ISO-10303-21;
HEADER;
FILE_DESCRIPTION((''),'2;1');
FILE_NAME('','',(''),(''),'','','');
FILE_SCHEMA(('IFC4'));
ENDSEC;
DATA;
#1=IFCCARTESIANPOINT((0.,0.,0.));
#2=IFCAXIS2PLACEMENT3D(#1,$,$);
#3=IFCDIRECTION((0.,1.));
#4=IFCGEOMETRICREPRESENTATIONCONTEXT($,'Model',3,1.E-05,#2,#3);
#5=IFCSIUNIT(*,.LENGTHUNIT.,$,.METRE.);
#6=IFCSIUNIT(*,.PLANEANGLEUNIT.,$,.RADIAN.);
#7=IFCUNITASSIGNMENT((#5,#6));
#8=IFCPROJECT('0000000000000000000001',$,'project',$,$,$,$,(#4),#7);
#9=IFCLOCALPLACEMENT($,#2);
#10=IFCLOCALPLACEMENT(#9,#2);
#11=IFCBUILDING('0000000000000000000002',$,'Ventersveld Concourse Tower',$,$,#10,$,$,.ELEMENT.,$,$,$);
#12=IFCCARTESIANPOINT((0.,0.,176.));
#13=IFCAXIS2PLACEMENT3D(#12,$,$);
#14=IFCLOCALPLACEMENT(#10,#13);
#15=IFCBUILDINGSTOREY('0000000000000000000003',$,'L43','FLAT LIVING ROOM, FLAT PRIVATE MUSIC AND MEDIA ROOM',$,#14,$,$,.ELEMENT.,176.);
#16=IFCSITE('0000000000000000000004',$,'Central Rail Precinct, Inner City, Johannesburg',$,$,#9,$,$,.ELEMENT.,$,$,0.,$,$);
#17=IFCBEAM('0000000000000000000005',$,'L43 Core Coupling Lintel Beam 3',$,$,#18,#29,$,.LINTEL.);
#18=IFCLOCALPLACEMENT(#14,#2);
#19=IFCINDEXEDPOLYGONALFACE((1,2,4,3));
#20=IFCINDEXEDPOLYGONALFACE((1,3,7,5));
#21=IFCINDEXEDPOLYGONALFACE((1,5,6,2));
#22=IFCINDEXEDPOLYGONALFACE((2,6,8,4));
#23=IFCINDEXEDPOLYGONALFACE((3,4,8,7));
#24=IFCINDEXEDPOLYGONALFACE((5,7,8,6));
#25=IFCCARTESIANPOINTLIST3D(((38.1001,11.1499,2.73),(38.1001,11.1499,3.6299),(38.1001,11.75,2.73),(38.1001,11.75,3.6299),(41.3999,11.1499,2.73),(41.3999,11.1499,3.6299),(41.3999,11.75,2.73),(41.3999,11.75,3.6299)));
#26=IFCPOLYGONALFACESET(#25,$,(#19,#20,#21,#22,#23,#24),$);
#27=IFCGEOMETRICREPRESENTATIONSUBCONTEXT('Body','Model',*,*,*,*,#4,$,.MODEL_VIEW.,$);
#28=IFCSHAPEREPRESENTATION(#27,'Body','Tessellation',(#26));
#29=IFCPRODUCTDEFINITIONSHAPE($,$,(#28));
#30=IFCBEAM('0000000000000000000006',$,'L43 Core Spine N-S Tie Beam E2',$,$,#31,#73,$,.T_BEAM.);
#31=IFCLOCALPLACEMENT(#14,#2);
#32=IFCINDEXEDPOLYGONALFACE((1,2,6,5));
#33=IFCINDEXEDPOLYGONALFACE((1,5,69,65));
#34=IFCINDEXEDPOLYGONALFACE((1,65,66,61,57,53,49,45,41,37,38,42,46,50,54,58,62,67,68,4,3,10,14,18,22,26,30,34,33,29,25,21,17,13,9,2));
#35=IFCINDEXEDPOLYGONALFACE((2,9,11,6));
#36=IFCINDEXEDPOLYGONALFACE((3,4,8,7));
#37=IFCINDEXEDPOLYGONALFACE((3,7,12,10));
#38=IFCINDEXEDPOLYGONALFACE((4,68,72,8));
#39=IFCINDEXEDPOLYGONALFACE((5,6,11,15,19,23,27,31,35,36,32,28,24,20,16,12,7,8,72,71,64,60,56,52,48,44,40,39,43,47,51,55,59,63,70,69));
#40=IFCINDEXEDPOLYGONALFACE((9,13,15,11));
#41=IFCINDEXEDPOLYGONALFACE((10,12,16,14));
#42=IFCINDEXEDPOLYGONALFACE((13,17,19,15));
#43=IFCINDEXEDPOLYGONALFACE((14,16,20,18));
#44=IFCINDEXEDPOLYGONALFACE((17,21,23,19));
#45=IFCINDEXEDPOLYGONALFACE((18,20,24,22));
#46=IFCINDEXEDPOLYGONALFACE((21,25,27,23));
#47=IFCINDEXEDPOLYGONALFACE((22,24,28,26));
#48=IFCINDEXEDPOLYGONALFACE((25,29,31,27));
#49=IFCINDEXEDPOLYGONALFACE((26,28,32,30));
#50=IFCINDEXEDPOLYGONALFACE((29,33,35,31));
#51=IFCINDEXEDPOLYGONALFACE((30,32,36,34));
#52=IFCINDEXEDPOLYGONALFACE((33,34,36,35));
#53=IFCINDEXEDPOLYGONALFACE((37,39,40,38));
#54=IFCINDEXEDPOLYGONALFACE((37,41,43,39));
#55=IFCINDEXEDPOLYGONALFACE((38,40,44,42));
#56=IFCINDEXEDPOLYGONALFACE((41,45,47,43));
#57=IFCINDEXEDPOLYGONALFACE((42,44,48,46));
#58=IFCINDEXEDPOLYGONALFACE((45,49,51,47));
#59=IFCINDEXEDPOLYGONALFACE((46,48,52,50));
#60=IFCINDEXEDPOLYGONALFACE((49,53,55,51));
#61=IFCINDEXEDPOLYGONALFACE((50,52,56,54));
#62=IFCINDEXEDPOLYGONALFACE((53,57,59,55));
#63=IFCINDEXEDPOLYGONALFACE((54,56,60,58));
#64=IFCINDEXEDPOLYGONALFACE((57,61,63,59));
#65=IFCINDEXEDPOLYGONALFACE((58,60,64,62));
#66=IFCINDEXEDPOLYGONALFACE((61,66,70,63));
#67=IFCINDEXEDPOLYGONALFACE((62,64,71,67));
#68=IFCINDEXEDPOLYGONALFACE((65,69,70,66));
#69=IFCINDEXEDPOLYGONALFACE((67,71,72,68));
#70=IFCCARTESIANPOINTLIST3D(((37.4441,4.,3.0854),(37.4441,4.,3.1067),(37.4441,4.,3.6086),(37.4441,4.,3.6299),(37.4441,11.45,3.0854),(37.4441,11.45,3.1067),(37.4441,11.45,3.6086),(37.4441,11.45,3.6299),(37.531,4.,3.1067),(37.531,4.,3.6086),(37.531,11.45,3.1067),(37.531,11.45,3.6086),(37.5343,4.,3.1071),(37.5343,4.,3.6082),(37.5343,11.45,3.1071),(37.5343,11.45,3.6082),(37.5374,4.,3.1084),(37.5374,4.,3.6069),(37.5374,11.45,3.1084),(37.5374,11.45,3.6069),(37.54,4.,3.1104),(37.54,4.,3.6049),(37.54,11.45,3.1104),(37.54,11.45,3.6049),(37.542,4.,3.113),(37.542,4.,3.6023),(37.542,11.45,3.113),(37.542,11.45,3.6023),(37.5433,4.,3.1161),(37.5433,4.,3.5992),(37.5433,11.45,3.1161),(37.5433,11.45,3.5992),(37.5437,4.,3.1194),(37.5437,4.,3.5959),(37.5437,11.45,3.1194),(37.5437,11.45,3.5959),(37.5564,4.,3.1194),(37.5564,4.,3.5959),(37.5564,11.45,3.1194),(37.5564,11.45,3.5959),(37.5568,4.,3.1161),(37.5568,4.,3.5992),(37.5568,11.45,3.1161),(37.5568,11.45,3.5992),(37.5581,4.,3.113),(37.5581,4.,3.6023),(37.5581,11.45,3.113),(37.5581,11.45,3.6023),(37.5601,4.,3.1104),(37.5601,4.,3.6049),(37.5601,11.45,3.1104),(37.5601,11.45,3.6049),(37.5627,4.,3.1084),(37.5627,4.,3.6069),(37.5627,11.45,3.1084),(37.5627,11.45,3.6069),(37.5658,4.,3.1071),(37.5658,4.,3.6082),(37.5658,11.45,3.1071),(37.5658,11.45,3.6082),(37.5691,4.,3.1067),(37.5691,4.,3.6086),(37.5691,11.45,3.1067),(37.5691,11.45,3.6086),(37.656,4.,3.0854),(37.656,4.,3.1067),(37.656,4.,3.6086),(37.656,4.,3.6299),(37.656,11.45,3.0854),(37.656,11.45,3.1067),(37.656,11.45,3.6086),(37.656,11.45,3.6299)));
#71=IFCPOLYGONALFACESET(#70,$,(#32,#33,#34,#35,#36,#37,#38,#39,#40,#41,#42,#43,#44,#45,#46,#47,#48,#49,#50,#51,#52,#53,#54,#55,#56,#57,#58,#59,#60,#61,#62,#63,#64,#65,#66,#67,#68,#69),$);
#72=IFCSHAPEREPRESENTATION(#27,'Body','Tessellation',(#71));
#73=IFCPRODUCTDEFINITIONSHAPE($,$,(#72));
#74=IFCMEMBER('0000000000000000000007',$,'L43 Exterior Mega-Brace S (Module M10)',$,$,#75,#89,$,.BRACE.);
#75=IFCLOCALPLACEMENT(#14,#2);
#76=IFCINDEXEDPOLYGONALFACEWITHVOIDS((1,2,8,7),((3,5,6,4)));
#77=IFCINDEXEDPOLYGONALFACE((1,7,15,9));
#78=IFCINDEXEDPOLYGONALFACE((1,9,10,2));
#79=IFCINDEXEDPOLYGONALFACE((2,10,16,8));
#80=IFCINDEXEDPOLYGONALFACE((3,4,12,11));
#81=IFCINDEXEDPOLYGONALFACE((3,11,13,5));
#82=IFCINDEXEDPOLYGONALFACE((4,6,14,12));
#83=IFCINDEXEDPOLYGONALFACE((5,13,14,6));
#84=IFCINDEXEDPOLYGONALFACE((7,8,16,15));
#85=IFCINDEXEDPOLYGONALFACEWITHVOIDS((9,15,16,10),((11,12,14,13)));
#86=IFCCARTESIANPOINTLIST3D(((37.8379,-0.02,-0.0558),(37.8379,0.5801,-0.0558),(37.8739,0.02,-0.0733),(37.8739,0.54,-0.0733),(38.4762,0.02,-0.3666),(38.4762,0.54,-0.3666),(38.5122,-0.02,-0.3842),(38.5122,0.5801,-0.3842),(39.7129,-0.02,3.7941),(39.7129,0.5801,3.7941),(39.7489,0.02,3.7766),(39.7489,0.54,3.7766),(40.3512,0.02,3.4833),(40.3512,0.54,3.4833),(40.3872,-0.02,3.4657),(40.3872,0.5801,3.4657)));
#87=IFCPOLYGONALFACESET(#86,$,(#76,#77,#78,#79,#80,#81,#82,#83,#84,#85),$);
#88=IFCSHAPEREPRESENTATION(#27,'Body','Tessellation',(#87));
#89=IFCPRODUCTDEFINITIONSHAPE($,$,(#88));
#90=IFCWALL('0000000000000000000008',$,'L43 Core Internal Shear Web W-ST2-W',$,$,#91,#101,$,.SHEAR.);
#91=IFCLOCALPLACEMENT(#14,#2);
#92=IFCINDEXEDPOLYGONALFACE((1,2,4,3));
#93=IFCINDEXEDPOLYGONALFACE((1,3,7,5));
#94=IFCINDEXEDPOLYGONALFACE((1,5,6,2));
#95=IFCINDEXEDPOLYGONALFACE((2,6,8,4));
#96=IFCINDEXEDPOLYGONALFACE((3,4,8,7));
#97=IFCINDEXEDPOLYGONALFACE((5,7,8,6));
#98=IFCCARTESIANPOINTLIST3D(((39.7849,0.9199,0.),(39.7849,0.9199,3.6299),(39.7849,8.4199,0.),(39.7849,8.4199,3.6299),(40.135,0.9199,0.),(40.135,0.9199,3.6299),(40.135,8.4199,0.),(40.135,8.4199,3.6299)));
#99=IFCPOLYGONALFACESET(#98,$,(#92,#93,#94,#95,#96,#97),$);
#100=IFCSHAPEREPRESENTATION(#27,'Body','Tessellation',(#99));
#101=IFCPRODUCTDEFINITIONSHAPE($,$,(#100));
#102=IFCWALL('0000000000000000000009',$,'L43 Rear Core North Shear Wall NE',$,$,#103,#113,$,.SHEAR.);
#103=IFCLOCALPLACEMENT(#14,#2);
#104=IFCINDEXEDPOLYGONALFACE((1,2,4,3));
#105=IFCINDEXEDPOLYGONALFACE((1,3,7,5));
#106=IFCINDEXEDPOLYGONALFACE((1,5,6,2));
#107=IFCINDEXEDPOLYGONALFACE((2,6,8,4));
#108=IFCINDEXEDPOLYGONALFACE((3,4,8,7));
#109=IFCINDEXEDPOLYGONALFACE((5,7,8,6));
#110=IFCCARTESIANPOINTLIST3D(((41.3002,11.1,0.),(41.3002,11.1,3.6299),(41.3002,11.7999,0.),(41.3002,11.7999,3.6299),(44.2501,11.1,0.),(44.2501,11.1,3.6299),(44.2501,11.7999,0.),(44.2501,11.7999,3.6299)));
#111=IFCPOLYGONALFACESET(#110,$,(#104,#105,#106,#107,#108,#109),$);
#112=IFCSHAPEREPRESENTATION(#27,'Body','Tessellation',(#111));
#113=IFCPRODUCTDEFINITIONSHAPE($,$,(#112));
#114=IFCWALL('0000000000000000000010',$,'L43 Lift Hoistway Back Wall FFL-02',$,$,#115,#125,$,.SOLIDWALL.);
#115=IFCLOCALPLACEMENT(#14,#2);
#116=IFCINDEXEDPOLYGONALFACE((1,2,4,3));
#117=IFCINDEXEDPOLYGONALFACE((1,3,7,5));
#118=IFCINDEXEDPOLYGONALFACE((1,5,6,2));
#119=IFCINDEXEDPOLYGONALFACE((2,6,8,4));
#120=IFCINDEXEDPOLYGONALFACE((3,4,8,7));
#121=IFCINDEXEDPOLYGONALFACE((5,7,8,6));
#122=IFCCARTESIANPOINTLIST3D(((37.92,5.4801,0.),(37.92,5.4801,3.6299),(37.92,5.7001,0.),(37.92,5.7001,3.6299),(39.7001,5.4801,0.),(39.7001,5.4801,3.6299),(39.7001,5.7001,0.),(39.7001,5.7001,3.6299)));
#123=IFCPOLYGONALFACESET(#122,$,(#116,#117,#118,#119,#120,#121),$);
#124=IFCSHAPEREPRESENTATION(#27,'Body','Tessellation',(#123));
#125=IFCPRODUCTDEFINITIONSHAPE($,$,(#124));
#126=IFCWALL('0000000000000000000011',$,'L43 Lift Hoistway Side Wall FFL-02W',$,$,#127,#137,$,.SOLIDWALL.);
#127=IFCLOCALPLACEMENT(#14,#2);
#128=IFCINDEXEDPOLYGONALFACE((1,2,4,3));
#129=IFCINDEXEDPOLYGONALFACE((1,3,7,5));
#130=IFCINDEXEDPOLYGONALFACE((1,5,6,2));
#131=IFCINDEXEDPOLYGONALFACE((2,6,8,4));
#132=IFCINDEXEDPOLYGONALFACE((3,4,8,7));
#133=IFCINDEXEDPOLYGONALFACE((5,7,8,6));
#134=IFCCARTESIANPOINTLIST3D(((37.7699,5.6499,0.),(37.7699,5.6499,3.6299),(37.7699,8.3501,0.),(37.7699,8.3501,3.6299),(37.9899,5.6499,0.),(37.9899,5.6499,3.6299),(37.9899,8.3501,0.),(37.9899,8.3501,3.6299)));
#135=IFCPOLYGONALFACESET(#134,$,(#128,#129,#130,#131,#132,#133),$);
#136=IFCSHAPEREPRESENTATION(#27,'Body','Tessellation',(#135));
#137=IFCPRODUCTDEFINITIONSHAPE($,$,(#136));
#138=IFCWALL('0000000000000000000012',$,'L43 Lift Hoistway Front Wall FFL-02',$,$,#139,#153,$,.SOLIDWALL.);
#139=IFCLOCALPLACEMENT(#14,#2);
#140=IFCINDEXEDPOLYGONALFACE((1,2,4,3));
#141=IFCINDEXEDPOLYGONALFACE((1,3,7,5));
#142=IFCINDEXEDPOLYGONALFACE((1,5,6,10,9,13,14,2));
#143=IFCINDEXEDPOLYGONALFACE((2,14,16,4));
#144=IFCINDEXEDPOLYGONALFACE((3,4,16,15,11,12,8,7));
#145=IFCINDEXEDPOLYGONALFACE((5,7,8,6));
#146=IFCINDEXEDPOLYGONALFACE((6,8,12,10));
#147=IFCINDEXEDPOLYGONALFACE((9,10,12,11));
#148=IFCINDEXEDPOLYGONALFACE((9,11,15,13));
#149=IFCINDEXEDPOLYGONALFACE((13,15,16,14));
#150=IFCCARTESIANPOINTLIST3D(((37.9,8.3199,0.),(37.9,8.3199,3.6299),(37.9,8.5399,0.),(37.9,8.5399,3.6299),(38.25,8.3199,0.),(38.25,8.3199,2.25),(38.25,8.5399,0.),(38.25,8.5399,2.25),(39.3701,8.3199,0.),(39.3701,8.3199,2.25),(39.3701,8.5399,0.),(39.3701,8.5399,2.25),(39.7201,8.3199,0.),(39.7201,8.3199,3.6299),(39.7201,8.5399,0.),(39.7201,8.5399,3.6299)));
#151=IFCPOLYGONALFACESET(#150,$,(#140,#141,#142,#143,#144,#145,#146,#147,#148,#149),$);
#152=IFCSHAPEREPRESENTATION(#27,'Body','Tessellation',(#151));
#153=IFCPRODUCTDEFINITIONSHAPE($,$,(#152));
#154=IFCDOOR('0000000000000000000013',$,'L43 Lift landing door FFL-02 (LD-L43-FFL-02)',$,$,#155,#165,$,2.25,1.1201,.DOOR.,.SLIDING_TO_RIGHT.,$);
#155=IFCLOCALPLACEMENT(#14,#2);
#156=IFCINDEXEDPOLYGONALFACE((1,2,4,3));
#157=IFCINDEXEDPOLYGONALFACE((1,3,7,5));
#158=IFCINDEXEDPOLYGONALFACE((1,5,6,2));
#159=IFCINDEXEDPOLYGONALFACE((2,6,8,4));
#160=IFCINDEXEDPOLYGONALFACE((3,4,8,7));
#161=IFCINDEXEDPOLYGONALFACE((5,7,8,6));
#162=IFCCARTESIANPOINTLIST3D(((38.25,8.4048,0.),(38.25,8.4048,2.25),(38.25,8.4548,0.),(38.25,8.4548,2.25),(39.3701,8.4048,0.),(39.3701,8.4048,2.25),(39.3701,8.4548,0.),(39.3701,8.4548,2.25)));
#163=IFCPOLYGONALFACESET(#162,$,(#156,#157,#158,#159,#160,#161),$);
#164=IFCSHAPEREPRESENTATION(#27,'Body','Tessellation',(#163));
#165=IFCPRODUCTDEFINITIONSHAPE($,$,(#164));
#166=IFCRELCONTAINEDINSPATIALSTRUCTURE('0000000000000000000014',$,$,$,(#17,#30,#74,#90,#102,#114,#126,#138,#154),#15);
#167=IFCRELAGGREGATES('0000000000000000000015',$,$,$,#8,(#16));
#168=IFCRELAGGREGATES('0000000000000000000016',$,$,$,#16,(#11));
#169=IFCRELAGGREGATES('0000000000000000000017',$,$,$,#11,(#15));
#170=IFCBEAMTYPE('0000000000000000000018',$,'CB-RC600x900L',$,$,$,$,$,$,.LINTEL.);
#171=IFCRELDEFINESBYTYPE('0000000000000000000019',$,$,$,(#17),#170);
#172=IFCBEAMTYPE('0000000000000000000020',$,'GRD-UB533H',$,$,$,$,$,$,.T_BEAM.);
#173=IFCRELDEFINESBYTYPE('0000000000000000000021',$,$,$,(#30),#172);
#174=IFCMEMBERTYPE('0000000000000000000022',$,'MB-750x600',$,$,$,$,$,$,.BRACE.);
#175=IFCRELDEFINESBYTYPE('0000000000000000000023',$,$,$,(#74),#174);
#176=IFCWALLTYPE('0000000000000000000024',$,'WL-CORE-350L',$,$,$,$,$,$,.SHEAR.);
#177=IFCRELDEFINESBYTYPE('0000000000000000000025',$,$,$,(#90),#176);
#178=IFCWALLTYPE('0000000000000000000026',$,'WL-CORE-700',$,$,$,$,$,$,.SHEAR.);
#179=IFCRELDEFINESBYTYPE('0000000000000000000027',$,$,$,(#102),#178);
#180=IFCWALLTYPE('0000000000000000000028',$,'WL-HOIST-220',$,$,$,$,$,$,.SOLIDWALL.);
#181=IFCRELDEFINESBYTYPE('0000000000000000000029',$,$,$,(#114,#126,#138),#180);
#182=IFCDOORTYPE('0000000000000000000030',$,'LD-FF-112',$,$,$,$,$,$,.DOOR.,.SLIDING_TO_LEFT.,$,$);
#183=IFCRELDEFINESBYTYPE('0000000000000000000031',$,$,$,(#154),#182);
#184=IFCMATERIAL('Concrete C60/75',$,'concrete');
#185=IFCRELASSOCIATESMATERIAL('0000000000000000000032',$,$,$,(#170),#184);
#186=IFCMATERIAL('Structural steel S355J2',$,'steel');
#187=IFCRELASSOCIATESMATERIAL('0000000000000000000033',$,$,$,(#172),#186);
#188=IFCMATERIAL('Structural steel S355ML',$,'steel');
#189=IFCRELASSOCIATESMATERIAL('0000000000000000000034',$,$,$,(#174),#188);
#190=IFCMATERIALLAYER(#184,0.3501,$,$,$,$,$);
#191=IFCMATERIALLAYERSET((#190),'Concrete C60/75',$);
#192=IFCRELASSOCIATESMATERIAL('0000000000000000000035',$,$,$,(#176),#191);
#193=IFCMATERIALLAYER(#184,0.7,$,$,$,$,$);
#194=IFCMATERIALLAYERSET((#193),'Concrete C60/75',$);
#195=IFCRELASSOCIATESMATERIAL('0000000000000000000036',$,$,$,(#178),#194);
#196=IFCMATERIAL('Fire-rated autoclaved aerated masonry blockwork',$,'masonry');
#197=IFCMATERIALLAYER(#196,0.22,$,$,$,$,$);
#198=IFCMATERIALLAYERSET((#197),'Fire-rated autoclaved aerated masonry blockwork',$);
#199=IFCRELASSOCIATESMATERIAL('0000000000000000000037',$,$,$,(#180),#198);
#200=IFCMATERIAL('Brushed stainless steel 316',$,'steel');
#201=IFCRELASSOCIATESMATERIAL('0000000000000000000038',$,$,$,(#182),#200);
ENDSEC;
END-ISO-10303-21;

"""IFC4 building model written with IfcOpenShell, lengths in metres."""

from ifc_helpers import new_model, si_unit, direction, frame, frame_2d, origin, origin_2d, place, context, subcontext, project, spatial, rectangle, hollow_rectangle, i_section, extrude, material, layer, layer_set, material_profile, profile_set, type_object, element, fill, save


model = new_model("IFC4")

# Units and contexts
model_context = context("Model", 3, precision=1e-05, world=origin(), true_north=direction((0.0, 1.0)))
body_context = subcontext(model_context, "Body", "Model", "MODEL_VIEW")
ifc_project = project(units=[si_unit("LENGTHUNIT", "METRE"), si_unit("PLANEANGLEUNIT", "RADIAN")], contexts=[model_context])

# Site, building, storey
site_placement = place(None, origin())
site = spatial("IfcSite", under=ifc_project, at=site_placement, Name="Central Rail Precinct, Inner City, Johannesburg", CompositionType="ELEMENT", RefElevation=0.0)
building_placement = place(site_placement, origin())
building = spatial("IfcBuilding", under=site, at=building_placement, Name="Ventersveld Concourse Tower", CompositionType="ELEMENT")
storey_placement = place(building_placement, frame((0.0, 0.0, 176.0)))
storey = spatial("IfcBuildingStorey", under=building, at=storey_placement, Name="L43", Description="FLAT LIVING ROOM, FLAT PRIVATE MUSIC AND MEDIA ROOM", CompositionType="ELEMENT", Elevation=176.0)

# Beams
ifc_material_1 = material(Name="Concrete C60/75", Category="concrete")
ifc_material_profile_1 = material_profile(ifc_material_1, rectangle(XDim=0.6001, YDim=0.8999, at=origin_2d()), Name="RC 600x900")
ifc_profile_set_1 = profile_set([ifc_material_profile_1], Name="Concrete C60/75")
beam_type_1 = type_object("IfcBeamType", Name="CB-RC600x900L", PredefinedType="LINTEL", material=ifc_profile_set_1)
beam_1_placement = place(storey_placement, frame((38.1001, 11.45, 3.1799), z_axis=(1.0, 0.0, 0.0), x_axis=(0.0, 1.0, 0.0)))
element("IfcBeam", 1, at=beam_1_placement, inside=storey, type_object=beam_type_1, Name="L43 Core Coupling Lintel Beam 3", PredefinedType="LINTEL", context=body_context, shape_type="SweptSolid", body=[
    extrude(rectangle(XDim=0.6001, YDim=0.8999, at=origin_2d()), origin(), (0.0, 0.0, 1.0), 3.2998),
])
ifc_material_2 = material(Name="Structural steel S355J2", Category="steel")
ifc_material_profile_2 = material_profile(ifc_material_2, i_section(OverallWidth=0.2119, OverallDepth=0.5444, WebThickness=0.0127, FlangeThickness=0.0212, FilletRadius=0.0127, at=origin_2d()), Name="UB 533x210x122")
ifc_profile_set_2 = profile_set([ifc_material_profile_2], Name="Structural steel S355J2")
beam_type_2 = type_object("IfcBeamType", Name="GRD-UB533H", PredefinedType="T_BEAM", material=ifc_profile_set_2)
beam_2_placement = place(storey_placement, frame((37.55, 4.0, 3.3577), z_axis=(0.0, 1.0, 0.0), x_axis=(-1.0, 0.0, 0.0)))
element("IfcBeam", 2, at=beam_2_placement, inside=storey, type_object=beam_type_2, Name="L43 Core Spine N-S Tie Beam E2", PredefinedType="T_BEAM", context=body_context, shape_type="SweptSolid", body=[
    extrude(i_section(OverallWidth=0.2119, OverallDepth=0.5444, WebThickness=0.0127, FlangeThickness=0.0212, FilletRadius=0.0127, at=origin_2d()), origin(), (0.0, 0.0, 1.0), 7.45),
])

# Member
ifc_material_3 = material(Name="Structural steel S355ML", Category="steel")
ifc_material_profile_3 = material_profile(ifc_material_3, hollow_rectangle(XDim=0.6001, YDim=0.75, WallThickness=0.04, at=origin_2d()), Name="BOX 750x600x40")
ifc_profile_set_3 = profile_set([ifc_material_profile_3], Name="Structural steel S355ML")
member_type = type_object("IfcMemberType", Name="MB-750x600", PredefinedType="BRACE", material=ifc_profile_set_3)
member_placement = place(storey_placement, frame((38.175, 0.28, -0.22), z_axis=(0.437862, 0.0, 0.899042), x_axis=(0.0, 1.0, 0.0)))
element("IfcMember", 3, at=member_placement, inside=storey, type_object=member_type, Name="L43 Exterior Mega-Brace S (Module M10)", PredefinedType="BRACE", context=body_context, shape_type="SweptSolid", body=[
    extrude(hollow_rectangle(XDim=0.6001, YDim=0.75, WallThickness=0.04, at=origin_2d()), origin(), (0.0, 0.0, 1.0), 4.2822),
])

# Walls
ifc_layer_1 = layer(ifc_material_1, 0.3501)
ifc_layer_set_1 = layer_set([ifc_layer_1], Name="Concrete C60/75")
wall_type_1 = type_object("IfcWallType", Name="WL-CORE-350L", PredefinedType="SHEAR", material=ifc_layer_set_1)
wall_1_placement = place(storey_placement, frame((39.96, 0.9199, 0.0), z_axis=(0.0, 0.0, 1.0), x_axis=(0.0, 1.0, 0.0)))
element("IfcWall", 4, at=wall_1_placement, inside=storey, type_object=wall_type_1, Name="L43 Core Internal Shear Web W-ST2-W", PredefinedType="SHEAR", context=body_context, shape_type="SweptSolid", body=[
    extrude(rectangle(XDim=7.5, YDim=0.3501, at=frame_2d((3.75, 0.0))), origin(), (0.0, 0.0, 1.0), 3.6299),
])
ifc_layer_2 = layer(ifc_material_1, 0.7)
ifc_layer_set_2 = layer_set([ifc_layer_2], Name="Concrete C60/75")
wall_type_2 = type_object("IfcWallType", Name="WL-CORE-700", PredefinedType="SHEAR", material=ifc_layer_set_2)
wall_2_placement = place(storey_placement, frame((41.3, 11.45, 0.0), z_axis=(0.0, 0.0, 1.0), x_axis=(1.0, 0.0, 0.0)))
element("IfcWall", 5, at=wall_2_placement, inside=storey, type_object=wall_type_2, Name="L43 Rear Core North Shear Wall NE", PredefinedType="SHEAR", context=body_context, shape_type="SweptSolid", body=[
    extrude(rectangle(XDim=2.95, YDim=0.7, at=frame_2d((1.4751, 0.0))), origin(), (0.0, 0.0, 1.0), 3.6299),
])
ifc_material_4 = material(Name="Fire-rated autoclaved aerated masonry blockwork", Category="masonry")
ifc_layer_3 = layer(ifc_material_4, 0.22)
ifc_layer_set_3 = layer_set([ifc_layer_3], Name="Fire-rated autoclaved aerated masonry blockwork")
wall_type_3 = type_object("IfcWallType", Name="WL-HOIST-220", PredefinedType="SOLIDWALL", material=ifc_layer_set_3)
wall_3_placement = place(storey_placement, frame((37.9199, 5.5901, 0.0), z_axis=(0.0, 0.0, 1.0), x_axis=(1.0, 0.0, 0.0)))
element("IfcWall", 6, at=wall_3_placement, inside=storey, type_object=wall_type_3, Name="L43 Lift Hoistway Back Wall FFL-02", PredefinedType="SOLIDWALL", context=body_context, shape_type="SweptSolid", body=[
    extrude(rectangle(XDim=1.78, YDim=0.22, at=frame_2d((0.8901, 0.0))), origin(), (0.0, 0.0, 1.0), 3.6299),
])
wall_4_placement = place(storey_placement, frame((37.8799, 5.6499, 0.0), z_axis=(0.0, 0.0, 1.0), x_axis=(0.0, 1.0, 0.0)))
element("IfcWall", 7, at=wall_4_placement, inside=storey, type_object=wall_type_3, Name="L43 Lift Hoistway Side Wall FFL-02W", PredefinedType="SOLIDWALL", context=body_context, shape_type="SweptSolid", body=[
    extrude(rectangle(XDim=2.7002, YDim=0.22, at=frame_2d((1.3501, 0.0))), origin(), (0.0, 0.0, 1.0), 3.6299),
])

# Wall, opening, door
wall_5_placement = place(storey_placement, frame((37.8999, 8.4299, 0.0), z_axis=(0.0, 0.0, 1.0), x_axis=(1.0, 0.0, 0.0)))
wall_5 = element("IfcWall", 8, at=wall_5_placement, inside=storey, type_object=wall_type_3, Name="L43 Lift Hoistway Front Wall FFL-02", PredefinedType="SOLIDWALL", context=body_context, shape_type="SweptSolid", body=[
    extrude(rectangle(XDim=1.8201, YDim=0.22, at=frame_2d((0.9102, 0.0))), origin(), (0.0, 0.0, 1.0), 3.6299),
])
opening_1_placement = place(wall_5_placement, frame((0.3501, 0.0, 0.0)))
opening_1 = element("IfcOpeningElement", 9, at=opening_1_placement, cuts=wall_5, PredefinedType="OPENING", context=body_context, shape_type="SweptSolid", body=[
    extrude(rectangle(XDim=1.1201, YDim=2.25, at=frame_2d((0.5601, 1.125))), frame((0.0, 0.1201, 0.0), z_axis=(0.0, -1.0, 0.0), x_axis=(1.0, 0.0, 0.0)), (0.0, 0.0, 1.0), 0.24),
])
ifc_material_5 = material(Name="Brushed stainless steel 316", Category="steel")
door_type_1 = type_object("IfcDoorType", Name="LD-FF-112", OperationType="SLIDING_TO_LEFT", PredefinedType="DOOR", material=ifc_material_5)
door_1_placement = place(opening_1_placement, origin())
door_1 = element("IfcDoor", 10, at=door_1_placement, inside=storey, type_object=door_type_1, Name="L43 Lift landing door FFL-02 (LD-L43-FFL-02)", OperationType="SLIDING_TO_RIGHT", OverallHeight=2.25, OverallWidth=1.1201, PredefinedType="DOOR", context=body_context, shape_type="SweptSolid", body=[
    extrude(rectangle(XDim=1.1201, YDim=2.25, at=frame_2d((0.5601, 1.125))), frame((0.0, 0.0249, 0.0), z_axis=(0.0, -1.0, 0.0), x_axis=(1.0, 0.0, 0.0)), (0.0, 0.0, 1.0), 0.05),
])
fill(opening_1, door_1)

save(model, "model.ifc")
